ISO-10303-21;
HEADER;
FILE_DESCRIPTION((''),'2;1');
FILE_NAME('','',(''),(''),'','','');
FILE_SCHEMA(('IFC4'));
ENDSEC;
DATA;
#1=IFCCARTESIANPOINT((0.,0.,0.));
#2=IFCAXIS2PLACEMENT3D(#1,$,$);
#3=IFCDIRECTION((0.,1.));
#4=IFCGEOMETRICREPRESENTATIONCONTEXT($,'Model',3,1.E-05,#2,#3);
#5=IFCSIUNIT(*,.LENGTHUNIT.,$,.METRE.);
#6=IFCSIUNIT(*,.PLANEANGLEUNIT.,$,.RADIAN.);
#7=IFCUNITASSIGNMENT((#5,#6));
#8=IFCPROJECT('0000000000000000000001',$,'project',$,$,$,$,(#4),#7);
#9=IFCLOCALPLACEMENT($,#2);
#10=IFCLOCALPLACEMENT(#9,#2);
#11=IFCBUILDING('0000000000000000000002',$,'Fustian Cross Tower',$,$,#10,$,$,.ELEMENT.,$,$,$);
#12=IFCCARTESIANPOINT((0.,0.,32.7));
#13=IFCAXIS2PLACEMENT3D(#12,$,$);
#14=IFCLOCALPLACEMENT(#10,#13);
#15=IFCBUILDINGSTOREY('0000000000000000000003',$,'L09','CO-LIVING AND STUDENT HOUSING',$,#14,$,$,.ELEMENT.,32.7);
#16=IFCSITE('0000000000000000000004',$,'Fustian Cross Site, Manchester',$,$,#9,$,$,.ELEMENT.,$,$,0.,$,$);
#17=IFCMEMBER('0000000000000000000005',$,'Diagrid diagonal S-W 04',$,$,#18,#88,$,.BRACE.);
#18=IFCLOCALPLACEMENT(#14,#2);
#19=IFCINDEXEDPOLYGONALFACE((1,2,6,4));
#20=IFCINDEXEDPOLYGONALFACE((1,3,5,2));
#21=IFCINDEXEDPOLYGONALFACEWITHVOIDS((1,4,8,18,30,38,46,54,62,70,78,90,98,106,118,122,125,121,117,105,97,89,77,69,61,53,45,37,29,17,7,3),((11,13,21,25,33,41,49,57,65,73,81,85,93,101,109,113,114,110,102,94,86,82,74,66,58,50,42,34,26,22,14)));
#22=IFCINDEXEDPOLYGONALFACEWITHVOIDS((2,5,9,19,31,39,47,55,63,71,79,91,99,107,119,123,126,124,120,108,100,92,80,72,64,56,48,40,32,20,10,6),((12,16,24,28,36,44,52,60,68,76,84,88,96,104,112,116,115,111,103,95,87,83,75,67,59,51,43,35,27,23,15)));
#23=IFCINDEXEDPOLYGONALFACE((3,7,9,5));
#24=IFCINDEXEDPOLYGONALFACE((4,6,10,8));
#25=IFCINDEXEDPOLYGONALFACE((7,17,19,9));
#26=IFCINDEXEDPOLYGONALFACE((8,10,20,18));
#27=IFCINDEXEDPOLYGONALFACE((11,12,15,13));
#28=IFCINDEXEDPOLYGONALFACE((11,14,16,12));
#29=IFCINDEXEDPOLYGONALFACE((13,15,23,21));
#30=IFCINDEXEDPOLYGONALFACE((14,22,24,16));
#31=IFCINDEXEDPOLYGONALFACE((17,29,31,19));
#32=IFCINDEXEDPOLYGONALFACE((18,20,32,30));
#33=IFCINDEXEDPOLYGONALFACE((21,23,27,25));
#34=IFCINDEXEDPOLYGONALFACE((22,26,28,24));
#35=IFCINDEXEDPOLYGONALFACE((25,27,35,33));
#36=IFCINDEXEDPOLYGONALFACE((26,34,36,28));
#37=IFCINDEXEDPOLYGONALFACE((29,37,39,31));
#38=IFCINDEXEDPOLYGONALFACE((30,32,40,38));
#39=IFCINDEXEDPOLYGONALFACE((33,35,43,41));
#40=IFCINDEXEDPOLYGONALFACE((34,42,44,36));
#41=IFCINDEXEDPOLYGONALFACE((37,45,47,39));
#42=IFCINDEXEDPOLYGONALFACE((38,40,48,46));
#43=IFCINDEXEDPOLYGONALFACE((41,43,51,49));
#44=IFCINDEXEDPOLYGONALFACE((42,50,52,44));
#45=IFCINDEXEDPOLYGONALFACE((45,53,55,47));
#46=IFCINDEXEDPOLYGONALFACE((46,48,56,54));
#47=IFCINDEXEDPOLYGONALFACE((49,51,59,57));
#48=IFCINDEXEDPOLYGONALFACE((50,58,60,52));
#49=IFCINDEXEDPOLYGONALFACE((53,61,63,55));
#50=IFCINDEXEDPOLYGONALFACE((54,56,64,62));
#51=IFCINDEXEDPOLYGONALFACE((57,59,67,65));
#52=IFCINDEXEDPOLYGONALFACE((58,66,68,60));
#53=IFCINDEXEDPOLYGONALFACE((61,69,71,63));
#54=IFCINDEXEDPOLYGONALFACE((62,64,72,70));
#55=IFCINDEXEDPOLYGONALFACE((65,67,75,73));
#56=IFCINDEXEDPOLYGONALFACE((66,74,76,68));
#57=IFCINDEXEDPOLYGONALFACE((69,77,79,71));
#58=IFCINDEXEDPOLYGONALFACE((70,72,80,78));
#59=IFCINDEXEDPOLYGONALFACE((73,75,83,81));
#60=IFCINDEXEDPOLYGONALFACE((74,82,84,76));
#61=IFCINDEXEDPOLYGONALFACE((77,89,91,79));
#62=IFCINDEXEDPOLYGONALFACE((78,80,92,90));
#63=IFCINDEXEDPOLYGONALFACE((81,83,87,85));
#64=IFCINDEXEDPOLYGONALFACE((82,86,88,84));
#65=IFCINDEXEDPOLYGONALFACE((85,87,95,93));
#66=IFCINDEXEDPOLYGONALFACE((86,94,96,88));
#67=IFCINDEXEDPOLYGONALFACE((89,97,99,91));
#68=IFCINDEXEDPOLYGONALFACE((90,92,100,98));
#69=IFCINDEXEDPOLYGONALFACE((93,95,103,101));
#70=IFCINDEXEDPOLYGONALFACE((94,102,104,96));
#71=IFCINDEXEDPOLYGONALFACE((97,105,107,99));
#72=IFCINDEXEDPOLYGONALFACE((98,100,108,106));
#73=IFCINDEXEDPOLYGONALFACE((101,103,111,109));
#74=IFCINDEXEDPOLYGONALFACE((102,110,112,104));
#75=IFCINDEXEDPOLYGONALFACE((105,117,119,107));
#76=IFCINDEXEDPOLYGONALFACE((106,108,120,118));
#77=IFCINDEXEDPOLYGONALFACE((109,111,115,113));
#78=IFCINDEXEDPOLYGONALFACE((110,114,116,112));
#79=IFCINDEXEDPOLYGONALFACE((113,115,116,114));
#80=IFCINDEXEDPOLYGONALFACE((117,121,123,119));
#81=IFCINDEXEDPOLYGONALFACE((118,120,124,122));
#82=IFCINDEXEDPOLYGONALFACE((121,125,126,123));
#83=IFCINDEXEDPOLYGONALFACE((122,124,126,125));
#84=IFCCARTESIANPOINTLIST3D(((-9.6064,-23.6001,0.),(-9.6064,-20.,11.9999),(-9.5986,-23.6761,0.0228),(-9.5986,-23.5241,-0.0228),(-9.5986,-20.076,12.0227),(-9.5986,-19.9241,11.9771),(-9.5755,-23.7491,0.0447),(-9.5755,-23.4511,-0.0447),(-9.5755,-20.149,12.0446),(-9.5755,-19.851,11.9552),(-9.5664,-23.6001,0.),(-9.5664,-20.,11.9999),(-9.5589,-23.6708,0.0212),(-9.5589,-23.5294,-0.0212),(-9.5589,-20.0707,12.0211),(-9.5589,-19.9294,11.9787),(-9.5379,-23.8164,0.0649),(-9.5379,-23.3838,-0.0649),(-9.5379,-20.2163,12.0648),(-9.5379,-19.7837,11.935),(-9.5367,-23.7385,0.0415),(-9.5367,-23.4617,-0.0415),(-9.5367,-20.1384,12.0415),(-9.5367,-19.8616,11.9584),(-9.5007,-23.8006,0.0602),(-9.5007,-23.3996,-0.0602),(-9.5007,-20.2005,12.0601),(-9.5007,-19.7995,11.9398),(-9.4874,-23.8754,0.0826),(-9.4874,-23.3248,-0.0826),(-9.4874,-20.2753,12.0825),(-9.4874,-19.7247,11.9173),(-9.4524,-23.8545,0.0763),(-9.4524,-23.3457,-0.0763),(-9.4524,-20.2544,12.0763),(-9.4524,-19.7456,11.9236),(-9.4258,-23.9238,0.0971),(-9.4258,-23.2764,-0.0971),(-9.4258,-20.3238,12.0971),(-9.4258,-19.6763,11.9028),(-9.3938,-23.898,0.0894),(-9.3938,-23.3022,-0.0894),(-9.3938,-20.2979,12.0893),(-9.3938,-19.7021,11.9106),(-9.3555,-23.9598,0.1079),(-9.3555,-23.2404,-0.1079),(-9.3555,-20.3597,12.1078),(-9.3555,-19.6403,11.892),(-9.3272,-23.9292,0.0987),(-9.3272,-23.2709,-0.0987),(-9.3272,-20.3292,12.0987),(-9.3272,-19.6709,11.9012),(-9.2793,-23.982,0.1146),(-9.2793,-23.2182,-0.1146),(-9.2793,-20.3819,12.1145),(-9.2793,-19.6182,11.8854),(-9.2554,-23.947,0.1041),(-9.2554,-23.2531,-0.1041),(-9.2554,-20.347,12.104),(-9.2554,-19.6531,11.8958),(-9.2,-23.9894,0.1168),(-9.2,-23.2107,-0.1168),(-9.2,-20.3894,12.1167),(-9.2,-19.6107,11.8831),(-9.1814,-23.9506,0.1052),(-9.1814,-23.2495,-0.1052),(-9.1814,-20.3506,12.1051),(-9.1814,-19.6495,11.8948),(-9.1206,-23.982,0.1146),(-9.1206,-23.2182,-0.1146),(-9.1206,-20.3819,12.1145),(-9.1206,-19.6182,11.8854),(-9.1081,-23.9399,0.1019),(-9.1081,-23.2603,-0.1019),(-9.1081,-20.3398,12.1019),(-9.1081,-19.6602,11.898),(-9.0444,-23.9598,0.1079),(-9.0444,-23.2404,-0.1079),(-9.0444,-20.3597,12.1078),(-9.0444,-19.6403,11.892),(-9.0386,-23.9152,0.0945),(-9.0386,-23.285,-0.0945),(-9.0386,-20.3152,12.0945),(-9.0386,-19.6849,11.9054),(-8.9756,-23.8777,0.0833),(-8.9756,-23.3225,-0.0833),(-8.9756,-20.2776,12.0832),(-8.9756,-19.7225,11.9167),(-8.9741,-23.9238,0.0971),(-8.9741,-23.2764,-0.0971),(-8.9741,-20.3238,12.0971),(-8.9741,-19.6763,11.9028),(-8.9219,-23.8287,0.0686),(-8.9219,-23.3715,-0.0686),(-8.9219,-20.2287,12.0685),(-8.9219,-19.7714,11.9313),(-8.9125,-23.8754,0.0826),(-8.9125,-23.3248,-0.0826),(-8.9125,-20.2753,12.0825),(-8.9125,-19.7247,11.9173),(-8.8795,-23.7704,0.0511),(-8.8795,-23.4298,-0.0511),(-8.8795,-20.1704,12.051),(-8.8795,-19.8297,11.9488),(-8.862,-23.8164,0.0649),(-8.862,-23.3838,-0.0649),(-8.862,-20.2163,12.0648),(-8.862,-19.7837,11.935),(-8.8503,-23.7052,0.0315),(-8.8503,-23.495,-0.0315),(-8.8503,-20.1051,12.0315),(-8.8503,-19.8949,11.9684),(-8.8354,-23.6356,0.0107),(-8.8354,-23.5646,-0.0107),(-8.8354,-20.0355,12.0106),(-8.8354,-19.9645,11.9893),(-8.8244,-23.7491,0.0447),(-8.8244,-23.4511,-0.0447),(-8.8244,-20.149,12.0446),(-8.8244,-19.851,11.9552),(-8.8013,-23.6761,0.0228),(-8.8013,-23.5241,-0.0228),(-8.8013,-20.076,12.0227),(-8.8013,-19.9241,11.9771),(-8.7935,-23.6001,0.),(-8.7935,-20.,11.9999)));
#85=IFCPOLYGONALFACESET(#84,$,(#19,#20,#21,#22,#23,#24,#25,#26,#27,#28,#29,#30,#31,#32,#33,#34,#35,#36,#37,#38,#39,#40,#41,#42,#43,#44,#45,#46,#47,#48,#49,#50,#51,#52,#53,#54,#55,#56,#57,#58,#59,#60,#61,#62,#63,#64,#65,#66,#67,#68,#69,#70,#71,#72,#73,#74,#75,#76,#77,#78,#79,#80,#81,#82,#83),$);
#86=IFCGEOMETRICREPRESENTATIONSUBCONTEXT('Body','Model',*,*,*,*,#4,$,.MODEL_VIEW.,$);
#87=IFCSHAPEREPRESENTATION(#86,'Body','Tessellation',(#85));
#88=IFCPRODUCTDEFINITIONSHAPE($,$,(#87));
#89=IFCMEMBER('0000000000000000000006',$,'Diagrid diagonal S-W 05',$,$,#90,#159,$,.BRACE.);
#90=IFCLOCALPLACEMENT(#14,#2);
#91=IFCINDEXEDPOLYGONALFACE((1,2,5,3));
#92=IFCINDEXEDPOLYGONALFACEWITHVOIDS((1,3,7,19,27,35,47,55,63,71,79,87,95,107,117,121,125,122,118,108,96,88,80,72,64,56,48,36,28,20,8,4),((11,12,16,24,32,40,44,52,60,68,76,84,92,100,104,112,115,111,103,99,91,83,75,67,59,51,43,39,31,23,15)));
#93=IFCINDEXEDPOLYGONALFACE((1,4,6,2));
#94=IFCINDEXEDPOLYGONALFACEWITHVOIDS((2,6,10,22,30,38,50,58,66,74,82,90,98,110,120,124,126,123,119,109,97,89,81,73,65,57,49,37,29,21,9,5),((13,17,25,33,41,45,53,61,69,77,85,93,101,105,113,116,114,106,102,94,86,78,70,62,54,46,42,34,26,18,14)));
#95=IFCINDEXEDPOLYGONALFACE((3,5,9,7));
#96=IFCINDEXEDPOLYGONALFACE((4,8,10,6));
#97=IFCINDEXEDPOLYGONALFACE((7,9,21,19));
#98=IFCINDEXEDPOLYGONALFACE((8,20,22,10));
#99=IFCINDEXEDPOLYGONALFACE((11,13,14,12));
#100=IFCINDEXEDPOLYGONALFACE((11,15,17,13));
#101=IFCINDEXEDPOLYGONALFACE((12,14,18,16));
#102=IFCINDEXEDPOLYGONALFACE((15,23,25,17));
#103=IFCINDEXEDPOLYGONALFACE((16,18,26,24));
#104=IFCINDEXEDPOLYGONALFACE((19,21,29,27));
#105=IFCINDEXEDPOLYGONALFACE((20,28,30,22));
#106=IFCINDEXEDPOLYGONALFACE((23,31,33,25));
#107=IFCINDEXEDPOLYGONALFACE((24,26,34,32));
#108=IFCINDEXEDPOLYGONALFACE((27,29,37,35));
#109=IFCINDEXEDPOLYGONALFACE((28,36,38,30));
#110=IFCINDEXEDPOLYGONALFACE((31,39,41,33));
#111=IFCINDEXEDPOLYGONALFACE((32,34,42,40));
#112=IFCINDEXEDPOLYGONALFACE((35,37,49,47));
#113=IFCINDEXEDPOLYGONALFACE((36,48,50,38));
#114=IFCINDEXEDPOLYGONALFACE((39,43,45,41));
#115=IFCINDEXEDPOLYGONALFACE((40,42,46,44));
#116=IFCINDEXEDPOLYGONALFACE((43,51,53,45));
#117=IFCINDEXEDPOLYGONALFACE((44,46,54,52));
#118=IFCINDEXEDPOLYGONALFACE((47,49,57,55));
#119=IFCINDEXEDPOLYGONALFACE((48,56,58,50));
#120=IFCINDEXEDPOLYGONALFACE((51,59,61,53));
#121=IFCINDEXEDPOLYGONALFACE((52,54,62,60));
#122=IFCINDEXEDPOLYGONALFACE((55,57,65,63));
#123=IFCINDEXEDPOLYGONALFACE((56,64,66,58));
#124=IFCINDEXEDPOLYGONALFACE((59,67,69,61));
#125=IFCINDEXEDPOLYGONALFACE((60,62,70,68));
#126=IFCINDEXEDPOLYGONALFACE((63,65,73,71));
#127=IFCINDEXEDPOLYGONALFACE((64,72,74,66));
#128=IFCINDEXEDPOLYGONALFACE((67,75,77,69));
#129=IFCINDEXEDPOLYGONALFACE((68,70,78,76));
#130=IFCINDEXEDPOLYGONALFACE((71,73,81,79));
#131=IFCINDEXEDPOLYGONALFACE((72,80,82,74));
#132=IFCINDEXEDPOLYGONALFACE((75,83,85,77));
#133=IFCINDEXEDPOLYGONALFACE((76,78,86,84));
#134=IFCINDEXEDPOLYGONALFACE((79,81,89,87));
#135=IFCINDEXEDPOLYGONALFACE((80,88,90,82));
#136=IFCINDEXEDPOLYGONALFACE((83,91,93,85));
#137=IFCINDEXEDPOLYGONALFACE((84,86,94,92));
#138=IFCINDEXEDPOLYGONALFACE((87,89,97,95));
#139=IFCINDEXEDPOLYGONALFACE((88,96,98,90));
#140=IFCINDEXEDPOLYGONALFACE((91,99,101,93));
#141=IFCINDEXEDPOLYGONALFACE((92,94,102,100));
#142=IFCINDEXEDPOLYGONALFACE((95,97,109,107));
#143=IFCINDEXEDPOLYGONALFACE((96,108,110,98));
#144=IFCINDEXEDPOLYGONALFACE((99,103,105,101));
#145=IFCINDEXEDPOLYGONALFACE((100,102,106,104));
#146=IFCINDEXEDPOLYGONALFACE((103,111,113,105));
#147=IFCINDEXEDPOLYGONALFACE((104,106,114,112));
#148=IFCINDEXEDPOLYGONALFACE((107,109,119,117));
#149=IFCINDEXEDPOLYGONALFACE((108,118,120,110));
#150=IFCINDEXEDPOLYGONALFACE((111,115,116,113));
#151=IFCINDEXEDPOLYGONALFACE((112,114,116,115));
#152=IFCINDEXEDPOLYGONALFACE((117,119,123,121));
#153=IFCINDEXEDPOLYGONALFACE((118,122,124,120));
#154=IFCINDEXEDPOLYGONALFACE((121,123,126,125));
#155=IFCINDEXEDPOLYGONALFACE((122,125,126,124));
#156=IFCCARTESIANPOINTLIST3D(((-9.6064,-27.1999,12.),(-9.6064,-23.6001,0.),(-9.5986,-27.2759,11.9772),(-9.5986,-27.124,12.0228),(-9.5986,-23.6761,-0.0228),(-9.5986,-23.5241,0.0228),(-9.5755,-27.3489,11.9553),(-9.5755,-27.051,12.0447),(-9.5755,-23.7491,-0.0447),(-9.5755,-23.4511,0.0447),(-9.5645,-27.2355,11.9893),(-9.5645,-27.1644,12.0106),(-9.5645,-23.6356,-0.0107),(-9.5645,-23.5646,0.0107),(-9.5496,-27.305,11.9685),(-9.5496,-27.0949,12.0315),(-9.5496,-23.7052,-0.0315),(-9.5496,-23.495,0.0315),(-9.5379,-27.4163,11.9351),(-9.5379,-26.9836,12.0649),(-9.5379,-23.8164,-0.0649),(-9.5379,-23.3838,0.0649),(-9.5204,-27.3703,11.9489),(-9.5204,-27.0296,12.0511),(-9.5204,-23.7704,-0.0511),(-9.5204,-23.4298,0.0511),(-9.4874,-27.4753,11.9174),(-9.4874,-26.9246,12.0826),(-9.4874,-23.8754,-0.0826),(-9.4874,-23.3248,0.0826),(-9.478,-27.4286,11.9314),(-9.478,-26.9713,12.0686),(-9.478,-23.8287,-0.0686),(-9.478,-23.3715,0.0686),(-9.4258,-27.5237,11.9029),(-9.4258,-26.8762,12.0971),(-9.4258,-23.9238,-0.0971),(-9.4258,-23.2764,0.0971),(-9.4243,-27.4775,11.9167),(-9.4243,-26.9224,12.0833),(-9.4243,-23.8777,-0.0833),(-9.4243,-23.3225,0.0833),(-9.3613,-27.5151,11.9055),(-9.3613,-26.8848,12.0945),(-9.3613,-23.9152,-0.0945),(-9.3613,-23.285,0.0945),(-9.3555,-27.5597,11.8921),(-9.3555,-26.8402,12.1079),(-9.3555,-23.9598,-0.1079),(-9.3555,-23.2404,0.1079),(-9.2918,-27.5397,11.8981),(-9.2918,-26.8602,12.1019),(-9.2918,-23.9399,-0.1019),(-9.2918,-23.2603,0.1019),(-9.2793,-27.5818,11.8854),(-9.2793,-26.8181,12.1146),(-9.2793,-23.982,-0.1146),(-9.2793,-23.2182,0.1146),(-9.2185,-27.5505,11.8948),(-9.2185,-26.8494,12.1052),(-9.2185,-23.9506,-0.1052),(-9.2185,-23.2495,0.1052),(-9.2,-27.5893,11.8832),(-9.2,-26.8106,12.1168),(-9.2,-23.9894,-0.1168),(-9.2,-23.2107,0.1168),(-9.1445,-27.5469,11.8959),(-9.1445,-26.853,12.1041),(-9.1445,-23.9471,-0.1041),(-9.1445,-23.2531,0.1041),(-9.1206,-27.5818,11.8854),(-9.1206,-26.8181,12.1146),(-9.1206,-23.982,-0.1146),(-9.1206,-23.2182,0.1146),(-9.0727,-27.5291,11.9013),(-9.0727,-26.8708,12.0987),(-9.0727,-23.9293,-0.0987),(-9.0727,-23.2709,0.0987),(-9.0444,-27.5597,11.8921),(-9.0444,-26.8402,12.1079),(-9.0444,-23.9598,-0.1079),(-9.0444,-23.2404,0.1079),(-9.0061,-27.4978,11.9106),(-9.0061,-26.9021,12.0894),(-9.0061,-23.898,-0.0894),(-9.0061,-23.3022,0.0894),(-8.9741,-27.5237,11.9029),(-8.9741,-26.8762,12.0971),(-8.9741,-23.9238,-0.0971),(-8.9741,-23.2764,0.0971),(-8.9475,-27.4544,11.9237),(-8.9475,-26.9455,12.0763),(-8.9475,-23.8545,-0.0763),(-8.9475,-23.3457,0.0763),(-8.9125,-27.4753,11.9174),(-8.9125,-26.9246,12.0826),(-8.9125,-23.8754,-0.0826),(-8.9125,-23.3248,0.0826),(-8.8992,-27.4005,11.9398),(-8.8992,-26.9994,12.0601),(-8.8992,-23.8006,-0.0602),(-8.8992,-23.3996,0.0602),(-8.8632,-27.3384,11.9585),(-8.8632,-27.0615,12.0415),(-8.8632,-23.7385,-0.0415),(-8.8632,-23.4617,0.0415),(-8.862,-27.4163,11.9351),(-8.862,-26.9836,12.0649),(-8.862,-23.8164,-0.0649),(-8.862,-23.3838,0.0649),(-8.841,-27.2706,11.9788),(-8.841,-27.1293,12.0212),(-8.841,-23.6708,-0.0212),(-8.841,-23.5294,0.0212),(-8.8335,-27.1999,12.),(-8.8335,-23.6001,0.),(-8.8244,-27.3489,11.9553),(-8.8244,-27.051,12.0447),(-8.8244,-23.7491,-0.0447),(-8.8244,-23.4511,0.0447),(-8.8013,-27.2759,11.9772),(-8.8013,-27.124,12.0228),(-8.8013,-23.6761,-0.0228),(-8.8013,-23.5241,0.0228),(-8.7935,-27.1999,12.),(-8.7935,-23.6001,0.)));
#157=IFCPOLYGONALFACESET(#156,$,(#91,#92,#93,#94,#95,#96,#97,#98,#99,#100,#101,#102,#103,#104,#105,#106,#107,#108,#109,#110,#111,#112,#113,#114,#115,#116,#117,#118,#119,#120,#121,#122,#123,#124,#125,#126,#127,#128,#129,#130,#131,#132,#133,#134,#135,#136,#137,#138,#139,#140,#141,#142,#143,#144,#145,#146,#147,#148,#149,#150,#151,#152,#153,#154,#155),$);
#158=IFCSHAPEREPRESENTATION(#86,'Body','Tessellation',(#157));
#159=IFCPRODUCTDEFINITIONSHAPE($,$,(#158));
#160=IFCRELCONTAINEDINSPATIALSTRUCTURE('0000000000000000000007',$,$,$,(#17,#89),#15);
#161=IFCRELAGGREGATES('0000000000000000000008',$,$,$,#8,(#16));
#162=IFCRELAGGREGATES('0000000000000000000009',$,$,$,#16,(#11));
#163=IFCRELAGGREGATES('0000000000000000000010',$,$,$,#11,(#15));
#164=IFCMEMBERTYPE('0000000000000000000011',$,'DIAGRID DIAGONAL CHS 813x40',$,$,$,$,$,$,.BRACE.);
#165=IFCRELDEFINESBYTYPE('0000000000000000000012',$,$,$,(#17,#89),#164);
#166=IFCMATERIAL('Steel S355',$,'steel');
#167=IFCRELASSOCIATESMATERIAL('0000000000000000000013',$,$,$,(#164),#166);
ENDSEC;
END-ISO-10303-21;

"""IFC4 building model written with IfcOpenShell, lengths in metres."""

from ifc_helpers import new_model, si_unit, direction, frame, origin, origin_2d, place, context, subcontext, project, spatial, hollow_circle, extrude, material, material_profile, profile_set, type_object, element, save


model = new_model("IFC4")

# Units and contexts
model_context = context("Model", 3, precision=1e-05, world=origin(), true_north=direction((0.0, 1.0)))
body_context = subcontext(model_context, "Body", "Model", "MODEL_VIEW")
ifc_project = project(units=[si_unit("LENGTHUNIT", "METRE"), si_unit("PLANEANGLEUNIT", "RADIAN")], contexts=[model_context])

# Site, building, storey
site_placement = place(None, origin())
site = spatial("IfcSite", under=ifc_project, at=site_placement, Name="Fustian Cross Site, Manchester", CompositionType="ELEMENT", RefElevation=0.0)
building_placement = place(site_placement, origin())
building = spatial("IfcBuilding", under=site, at=building_placement, Name="Fustian Cross Tower", CompositionType="ELEMENT")
storey_placement = place(building_placement, frame((0.0, 0.0, 32.7)))
storey = spatial("IfcBuildingStorey", under=building, at=storey_placement, Name="L09", Description="CO-LIVING AND STUDENT HOUSING", CompositionType="ELEMENT", Elevation=32.7)

# Members
ifc_material_1 = material(Name="Steel S355", Category="steel")
ifc_material_profile_1 = material_profile(ifc_material_1, hollow_circle(Radius=0.4065, WallThickness=0.04, at=origin_2d()), Name="CHS 813x40")
ifc_profile_set_1 = profile_set([ifc_material_profile_1], Name="Steel S355")
member_type_1 = type_object("IfcMemberType", Name="DIAGRID DIAGONAL CHS 813x40", PredefinedType="BRACE", material=ifc_profile_set_1)
for number, where, z_axis, x_axis, name in (
    (1, (-9.2, -23.6001, 0.0), (0.0, 0.287355, 0.957824), (-1.0, 0.0, 0.0), "Diagrid diagonal S-W 04"),
    (2, (-9.2, -23.6001, 0.0), (0.0, -0.287337, 0.95783), (1.0, 0.0, 0.0), "Diagrid diagonal S-W 05"),
):
    element("IfcMember", number, at=place(storey_placement, frame(where, z_axis=z_axis, x_axis=x_axis)), inside=storey, type_object=member_type_1, Name=name, PredefinedType="BRACE", context=body_context, shape_type="SweptSolid", body=[
        extrude(hollow_circle(Radius=0.4065, WallThickness=0.04, at=origin_2d()), origin(), (0.0, 0.0, 1.0), 12.5283),
    ])

save(model, "model.ifc")
